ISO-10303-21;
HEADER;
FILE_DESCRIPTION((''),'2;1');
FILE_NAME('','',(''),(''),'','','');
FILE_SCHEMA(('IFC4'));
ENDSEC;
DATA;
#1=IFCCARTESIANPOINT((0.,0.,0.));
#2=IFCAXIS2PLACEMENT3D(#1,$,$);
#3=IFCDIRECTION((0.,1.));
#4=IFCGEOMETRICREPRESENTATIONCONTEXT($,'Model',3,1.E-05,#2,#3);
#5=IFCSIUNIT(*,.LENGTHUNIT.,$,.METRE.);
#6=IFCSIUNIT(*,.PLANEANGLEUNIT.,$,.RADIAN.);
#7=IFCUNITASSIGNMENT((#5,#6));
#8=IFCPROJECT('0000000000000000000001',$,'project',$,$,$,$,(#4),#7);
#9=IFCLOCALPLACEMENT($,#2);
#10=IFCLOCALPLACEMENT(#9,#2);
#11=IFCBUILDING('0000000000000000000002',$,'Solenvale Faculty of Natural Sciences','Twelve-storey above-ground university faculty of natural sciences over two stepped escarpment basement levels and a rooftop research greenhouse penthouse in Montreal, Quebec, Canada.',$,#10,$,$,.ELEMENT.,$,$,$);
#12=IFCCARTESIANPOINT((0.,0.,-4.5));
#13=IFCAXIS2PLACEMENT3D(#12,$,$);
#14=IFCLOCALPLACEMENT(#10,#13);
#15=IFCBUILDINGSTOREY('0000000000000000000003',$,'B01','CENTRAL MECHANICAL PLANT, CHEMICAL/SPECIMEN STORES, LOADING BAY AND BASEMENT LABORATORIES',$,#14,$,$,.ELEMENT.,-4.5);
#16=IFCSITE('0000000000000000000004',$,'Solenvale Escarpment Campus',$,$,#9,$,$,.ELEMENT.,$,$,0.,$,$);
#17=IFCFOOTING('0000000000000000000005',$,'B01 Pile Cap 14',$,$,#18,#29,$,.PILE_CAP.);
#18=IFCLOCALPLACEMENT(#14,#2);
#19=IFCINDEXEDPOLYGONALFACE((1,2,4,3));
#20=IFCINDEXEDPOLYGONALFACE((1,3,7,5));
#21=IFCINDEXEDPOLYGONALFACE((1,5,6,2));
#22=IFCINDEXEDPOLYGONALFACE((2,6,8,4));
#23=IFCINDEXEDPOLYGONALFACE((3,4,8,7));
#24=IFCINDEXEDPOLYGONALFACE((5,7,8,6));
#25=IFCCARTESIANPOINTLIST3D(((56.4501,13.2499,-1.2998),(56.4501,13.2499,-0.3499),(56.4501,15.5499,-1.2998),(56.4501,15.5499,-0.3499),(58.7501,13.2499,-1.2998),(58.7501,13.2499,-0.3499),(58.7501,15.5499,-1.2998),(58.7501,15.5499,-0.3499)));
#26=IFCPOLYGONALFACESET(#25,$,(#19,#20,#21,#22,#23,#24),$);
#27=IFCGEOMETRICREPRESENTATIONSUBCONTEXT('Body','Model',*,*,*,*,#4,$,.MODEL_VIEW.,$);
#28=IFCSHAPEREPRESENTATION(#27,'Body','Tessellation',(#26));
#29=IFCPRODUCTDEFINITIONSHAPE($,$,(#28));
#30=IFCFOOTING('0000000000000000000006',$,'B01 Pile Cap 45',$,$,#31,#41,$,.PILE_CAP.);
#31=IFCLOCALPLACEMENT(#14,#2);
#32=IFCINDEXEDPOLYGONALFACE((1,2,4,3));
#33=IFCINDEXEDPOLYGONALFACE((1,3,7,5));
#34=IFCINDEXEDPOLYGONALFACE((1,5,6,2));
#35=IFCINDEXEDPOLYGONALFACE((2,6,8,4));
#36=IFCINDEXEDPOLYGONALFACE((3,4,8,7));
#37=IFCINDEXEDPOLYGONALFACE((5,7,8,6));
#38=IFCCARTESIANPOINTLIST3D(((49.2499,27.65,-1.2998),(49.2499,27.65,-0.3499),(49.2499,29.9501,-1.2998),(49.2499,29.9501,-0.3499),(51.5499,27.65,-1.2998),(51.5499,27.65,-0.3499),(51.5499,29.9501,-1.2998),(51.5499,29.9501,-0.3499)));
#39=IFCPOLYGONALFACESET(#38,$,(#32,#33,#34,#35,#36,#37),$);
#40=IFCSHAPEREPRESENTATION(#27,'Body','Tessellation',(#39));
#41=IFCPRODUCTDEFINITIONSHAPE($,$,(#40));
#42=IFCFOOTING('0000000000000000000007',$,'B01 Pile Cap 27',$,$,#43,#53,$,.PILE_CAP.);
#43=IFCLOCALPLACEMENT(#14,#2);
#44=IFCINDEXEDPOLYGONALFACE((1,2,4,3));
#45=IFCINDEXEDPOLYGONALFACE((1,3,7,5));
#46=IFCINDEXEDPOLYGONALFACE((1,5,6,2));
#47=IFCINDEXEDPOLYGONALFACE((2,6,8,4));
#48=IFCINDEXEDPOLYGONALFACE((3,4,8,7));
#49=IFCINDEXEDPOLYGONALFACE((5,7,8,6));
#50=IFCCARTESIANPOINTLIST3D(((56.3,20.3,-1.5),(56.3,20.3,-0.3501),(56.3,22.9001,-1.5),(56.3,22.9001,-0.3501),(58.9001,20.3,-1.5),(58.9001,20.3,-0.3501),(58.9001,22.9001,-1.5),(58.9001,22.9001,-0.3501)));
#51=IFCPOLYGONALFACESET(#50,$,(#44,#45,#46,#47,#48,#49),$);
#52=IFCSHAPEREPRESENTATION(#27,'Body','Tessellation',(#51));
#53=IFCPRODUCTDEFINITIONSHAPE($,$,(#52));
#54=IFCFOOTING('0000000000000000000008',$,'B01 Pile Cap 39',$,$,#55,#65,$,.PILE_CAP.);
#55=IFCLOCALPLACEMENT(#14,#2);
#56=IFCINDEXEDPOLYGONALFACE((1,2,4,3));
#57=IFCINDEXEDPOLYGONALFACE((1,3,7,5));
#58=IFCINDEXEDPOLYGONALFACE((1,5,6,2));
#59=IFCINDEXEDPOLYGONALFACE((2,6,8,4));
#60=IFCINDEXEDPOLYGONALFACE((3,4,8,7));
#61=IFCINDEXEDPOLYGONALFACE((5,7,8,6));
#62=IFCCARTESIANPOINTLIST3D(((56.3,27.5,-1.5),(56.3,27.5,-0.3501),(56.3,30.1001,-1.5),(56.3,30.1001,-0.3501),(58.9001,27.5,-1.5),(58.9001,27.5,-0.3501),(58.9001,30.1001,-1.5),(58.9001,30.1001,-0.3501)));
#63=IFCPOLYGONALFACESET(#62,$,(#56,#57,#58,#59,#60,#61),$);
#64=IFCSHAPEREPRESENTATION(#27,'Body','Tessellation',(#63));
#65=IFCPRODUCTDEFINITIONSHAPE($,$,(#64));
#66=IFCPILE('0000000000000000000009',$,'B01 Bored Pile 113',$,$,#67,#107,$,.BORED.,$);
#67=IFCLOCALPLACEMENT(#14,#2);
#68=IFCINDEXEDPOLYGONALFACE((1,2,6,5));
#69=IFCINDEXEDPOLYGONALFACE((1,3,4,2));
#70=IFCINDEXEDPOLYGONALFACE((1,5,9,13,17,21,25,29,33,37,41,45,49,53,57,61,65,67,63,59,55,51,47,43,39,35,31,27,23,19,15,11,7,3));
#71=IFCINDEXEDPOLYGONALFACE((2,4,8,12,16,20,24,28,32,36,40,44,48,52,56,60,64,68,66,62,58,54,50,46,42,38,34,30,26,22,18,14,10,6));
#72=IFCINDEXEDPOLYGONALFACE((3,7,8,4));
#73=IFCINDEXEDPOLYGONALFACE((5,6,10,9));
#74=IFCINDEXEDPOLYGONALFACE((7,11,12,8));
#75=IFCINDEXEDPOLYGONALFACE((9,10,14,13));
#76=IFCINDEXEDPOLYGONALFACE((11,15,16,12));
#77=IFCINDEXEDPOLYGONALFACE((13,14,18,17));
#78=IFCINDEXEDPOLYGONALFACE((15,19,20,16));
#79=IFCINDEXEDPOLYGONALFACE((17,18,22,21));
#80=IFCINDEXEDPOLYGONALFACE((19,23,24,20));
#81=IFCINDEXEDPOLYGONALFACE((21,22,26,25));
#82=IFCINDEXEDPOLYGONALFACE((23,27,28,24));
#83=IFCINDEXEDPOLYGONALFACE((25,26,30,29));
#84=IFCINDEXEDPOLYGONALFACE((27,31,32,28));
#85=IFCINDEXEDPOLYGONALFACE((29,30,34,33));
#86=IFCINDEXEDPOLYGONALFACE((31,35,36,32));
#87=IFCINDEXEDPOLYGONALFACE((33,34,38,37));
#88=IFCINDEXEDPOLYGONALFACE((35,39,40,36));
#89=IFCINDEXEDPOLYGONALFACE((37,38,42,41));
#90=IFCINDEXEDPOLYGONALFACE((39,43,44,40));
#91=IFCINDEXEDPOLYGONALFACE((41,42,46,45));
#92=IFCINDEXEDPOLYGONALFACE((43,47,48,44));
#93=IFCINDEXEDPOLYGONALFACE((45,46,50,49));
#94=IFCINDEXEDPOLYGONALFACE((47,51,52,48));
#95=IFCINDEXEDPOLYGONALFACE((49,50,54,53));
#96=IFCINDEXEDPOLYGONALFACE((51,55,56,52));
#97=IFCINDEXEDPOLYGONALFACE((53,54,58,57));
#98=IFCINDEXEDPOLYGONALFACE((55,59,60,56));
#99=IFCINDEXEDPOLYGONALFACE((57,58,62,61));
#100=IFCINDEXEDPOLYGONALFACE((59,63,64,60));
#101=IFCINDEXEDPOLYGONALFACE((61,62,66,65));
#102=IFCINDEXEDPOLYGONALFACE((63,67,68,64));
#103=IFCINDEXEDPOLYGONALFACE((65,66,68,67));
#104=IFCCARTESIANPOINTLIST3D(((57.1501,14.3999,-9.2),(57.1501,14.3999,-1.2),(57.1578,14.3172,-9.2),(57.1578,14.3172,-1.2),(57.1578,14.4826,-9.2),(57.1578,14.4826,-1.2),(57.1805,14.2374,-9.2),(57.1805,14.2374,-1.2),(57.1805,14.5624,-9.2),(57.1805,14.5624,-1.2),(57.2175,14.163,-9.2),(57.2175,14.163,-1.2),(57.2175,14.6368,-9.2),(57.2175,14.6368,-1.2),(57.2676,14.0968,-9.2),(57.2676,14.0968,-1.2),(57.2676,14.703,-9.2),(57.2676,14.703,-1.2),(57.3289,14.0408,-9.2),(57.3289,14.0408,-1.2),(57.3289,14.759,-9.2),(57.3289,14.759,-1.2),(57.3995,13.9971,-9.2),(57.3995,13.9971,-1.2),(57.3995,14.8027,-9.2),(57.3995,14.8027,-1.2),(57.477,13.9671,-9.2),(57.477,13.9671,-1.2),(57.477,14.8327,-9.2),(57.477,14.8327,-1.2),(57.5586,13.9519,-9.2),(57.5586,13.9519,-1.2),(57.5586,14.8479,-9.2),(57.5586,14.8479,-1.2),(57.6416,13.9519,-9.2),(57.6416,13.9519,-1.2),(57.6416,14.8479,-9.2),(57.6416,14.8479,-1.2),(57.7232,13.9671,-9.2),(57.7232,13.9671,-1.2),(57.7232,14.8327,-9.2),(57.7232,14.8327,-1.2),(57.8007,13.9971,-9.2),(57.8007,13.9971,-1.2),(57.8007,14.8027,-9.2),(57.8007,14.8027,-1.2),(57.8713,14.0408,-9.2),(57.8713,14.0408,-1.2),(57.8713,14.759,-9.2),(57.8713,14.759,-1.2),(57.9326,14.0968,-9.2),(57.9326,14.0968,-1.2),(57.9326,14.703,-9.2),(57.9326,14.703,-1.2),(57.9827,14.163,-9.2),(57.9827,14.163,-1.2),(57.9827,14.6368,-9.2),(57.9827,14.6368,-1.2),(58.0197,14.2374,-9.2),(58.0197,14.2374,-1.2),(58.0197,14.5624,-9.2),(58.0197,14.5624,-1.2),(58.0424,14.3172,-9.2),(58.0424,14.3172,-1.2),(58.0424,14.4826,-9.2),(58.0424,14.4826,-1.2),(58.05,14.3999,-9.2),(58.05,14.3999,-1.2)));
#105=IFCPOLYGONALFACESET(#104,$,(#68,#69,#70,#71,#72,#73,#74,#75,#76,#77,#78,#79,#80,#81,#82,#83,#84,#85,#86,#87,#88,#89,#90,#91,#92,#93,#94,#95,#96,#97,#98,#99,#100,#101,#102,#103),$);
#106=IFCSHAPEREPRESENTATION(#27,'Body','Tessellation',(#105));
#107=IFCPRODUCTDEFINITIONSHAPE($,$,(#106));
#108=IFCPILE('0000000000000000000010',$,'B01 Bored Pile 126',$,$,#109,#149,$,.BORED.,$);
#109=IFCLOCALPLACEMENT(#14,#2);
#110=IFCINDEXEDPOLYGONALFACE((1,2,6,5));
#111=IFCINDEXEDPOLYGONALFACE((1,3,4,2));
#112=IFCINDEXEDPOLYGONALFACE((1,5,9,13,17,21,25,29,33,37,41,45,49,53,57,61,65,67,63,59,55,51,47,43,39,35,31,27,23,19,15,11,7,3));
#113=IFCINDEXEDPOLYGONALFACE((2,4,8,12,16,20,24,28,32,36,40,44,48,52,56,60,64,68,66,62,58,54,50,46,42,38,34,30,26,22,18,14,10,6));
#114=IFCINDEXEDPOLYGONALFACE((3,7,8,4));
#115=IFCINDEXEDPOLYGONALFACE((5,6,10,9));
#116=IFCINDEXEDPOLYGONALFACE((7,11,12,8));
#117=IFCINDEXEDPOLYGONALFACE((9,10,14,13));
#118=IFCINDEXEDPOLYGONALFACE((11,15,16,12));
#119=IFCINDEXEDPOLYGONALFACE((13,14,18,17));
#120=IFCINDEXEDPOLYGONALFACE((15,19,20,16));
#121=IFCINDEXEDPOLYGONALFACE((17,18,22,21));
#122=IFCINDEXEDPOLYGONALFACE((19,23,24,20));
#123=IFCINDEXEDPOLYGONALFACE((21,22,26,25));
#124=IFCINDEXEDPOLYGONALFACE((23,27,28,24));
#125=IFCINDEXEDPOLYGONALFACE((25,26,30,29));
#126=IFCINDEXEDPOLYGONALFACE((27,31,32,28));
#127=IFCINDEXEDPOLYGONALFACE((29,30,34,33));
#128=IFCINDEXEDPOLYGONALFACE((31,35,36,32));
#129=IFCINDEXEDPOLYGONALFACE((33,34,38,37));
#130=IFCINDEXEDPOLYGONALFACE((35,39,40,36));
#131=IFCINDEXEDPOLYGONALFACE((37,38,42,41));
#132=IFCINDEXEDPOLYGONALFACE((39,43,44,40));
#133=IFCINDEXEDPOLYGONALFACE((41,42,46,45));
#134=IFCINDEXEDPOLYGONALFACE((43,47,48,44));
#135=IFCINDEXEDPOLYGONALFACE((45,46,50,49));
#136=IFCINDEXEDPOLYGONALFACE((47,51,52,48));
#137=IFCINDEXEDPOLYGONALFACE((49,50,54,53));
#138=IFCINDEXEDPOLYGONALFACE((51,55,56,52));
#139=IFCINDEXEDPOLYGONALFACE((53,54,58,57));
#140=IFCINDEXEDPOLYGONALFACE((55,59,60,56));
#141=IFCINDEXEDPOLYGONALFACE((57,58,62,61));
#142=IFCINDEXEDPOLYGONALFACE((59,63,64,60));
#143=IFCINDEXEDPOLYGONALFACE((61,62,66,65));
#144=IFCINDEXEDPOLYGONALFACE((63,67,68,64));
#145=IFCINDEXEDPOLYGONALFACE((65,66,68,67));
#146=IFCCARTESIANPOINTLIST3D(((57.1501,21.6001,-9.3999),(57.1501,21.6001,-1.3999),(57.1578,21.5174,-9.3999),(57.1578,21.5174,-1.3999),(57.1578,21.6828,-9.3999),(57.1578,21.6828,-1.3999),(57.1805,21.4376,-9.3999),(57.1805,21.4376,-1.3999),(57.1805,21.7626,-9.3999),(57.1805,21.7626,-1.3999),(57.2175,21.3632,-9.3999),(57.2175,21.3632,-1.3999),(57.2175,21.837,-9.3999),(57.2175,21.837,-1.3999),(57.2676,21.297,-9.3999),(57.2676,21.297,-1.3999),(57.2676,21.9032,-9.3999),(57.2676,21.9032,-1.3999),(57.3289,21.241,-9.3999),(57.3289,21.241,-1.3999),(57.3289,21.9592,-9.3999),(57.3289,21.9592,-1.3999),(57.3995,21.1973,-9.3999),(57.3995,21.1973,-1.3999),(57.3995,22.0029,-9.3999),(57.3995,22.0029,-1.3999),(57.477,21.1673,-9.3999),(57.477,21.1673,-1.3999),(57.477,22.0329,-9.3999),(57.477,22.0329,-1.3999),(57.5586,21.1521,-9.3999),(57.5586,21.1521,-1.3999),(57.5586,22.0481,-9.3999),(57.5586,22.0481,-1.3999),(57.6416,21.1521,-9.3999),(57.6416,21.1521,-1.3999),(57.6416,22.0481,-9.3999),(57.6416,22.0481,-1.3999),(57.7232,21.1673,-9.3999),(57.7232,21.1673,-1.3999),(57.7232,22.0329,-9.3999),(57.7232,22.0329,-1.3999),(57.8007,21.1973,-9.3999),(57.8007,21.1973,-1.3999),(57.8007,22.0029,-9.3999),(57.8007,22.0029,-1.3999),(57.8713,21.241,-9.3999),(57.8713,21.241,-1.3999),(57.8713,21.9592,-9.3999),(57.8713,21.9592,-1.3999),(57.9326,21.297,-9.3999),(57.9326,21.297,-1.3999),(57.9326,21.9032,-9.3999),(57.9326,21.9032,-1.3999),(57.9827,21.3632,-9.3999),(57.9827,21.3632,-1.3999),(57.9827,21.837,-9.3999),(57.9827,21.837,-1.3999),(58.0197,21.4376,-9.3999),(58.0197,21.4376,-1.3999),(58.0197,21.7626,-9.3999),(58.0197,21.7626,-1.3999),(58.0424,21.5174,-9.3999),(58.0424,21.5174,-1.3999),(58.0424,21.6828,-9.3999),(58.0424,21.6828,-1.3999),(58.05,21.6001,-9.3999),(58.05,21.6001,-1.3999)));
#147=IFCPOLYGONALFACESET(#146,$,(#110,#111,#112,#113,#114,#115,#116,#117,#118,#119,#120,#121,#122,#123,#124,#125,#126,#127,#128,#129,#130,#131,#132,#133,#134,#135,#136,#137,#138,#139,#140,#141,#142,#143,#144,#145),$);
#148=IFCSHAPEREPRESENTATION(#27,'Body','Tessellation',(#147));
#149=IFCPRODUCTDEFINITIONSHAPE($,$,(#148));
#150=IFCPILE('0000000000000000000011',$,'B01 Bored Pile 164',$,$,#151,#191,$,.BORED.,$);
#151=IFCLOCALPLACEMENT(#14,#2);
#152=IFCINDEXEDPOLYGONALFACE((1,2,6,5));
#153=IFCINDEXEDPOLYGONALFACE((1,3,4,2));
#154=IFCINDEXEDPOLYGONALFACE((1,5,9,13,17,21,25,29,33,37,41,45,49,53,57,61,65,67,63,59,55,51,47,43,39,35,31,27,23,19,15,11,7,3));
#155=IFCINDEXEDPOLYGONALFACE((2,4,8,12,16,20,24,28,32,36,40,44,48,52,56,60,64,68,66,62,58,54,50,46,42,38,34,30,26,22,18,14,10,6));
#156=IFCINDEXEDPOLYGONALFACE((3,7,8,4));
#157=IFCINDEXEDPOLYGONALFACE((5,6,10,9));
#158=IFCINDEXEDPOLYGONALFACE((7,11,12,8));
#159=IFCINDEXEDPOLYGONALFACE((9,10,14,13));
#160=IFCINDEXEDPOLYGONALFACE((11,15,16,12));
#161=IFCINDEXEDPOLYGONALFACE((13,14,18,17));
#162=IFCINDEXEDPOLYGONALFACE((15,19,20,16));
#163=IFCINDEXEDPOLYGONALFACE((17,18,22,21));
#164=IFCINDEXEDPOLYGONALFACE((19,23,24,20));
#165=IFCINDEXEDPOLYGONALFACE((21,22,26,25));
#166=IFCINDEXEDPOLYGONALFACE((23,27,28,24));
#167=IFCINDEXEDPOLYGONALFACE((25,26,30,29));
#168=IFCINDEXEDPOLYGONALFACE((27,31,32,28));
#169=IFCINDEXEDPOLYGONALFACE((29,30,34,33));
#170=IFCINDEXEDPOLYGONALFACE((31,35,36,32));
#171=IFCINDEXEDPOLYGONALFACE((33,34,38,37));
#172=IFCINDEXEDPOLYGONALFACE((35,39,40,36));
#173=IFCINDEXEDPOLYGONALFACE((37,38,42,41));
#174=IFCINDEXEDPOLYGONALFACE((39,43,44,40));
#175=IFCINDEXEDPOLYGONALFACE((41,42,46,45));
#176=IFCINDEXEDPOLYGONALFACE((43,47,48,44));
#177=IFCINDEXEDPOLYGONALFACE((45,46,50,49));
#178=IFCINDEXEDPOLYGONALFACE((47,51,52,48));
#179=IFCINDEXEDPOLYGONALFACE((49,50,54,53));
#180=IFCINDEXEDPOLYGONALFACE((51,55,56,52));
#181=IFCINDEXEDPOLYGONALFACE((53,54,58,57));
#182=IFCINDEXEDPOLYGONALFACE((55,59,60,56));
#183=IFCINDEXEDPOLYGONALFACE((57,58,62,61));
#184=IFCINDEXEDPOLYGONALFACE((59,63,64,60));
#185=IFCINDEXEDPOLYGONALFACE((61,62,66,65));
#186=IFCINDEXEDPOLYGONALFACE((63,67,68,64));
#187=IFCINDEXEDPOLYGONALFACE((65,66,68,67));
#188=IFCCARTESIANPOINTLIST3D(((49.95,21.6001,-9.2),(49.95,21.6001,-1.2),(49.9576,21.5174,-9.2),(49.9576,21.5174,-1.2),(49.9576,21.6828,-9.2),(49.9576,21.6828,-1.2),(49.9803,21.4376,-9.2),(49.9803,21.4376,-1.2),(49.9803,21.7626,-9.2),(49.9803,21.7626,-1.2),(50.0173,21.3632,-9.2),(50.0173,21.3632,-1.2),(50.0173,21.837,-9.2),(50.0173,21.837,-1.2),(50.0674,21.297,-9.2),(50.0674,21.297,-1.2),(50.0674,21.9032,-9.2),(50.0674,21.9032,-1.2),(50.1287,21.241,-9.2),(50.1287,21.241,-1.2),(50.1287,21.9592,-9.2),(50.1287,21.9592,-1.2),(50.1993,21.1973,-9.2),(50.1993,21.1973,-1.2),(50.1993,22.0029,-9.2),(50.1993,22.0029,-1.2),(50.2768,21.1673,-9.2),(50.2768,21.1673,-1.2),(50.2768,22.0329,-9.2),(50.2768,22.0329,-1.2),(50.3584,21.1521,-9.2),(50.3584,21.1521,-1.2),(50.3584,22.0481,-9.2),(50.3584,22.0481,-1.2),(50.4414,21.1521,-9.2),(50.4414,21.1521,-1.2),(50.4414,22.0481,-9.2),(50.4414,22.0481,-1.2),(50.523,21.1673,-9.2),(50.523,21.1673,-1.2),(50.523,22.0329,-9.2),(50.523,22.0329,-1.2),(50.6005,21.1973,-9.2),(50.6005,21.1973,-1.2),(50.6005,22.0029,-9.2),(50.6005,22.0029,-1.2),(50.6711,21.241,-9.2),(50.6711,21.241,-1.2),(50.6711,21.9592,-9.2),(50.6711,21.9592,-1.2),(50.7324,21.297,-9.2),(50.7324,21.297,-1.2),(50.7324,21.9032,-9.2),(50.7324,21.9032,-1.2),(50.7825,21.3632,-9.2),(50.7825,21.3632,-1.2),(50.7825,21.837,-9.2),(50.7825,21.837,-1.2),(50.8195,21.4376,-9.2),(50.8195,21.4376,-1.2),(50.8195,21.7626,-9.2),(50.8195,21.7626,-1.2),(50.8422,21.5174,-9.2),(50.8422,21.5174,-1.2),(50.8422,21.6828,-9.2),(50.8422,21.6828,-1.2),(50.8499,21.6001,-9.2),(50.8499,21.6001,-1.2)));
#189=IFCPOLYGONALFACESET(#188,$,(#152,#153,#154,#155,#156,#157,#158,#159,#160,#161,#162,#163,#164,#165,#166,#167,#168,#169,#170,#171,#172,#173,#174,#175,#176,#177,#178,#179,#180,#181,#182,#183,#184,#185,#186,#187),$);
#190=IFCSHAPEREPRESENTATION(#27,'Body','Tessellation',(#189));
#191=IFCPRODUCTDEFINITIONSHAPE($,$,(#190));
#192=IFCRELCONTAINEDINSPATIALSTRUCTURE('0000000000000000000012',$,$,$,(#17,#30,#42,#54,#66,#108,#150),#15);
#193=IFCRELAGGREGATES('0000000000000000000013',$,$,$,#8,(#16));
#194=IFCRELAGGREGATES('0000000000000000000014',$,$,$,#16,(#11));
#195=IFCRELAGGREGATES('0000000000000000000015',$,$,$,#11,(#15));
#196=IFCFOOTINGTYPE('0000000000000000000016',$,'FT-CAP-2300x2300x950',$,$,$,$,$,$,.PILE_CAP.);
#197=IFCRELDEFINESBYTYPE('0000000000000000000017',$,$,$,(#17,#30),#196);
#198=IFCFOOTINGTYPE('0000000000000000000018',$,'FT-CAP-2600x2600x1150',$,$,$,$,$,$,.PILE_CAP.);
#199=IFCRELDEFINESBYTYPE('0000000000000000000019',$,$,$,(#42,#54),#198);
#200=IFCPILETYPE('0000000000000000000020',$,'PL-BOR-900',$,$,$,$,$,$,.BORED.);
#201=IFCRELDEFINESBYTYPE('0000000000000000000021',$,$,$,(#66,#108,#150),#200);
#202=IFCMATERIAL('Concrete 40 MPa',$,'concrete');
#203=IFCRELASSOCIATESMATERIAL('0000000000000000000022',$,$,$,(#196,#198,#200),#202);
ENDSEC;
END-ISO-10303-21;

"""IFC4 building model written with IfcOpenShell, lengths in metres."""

from ifc_helpers import new_model, si_unit, direction, frame, origin, origin_2d, place, context, subcontext, project, spatial, rectangle, circle, extrude, material, material_profile, profile_set, type_object, element, save


model = new_model("IFC4")

# Units and contexts
model_context = context("Model", 3, precision=1e-05, world=origin(), true_north=direction((0.0, 1.0)))
body_context = subcontext(model_context, "Body", "Model", "MODEL_VIEW")
ifc_project = project(units=[si_unit("LENGTHUNIT", "METRE"), si_unit("PLANEANGLEUNIT", "RADIAN")], contexts=[model_context])

# Site, building, storey
site_placement = place(None, origin())
site = spatial("IfcSite", under=ifc_project, at=site_placement, Name="Solenvale Escarpment Campus", CompositionType="ELEMENT", RefElevation=0.0)
building_placement = place(site_placement, origin())
building = spatial("IfcBuilding", under=site, at=building_placement, Name="Solenvale Faculty of Natural Sciences", Description="Twelve-storey above-ground university faculty of natural sciences over two stepped escarpment basement levels and a rooftop research greenhouse penthouse in Montreal, Quebec, Canada.", CompositionType="ELEMENT")
storey_placement = place(building_placement, frame((0.0, 0.0, -4.5)))
storey = spatial("IfcBuildingStorey", under=building, at=storey_placement, Name="B01", Description="CENTRAL MECHANICAL PLANT, CHEMICAL/SPECIMEN STORES, LOADING BAY AND BASEMENT LABORATORIES", CompositionType="ELEMENT", Elevation=-4.5)

# Footings
ifc_material_1 = material(Name="Concrete 40 MPa", Category="concrete")
footing_type_1 = type_object("IfcFootingType", Name="FT-CAP-2300x2300x950", PredefinedType="PILE_CAP", material=ifc_material_1)
for number, where, z_axis, x_axis, name in (
    (1, (57.6001, 14.3999, -1.2998), (0.0, 0.0, 1.0), (1.0, 0.0, 0.0), "B01 Pile Cap 14"),
    (2, (50.3999, 28.8, -1.2998), (0.0, 0.0, 1.0), (1.0, 0.0, 0.0), "B01 Pile Cap 45"),
):
    element("IfcFooting", number, at=place(storey_placement, frame(where, z_axis=z_axis, x_axis=x_axis)), inside=storey, type_object=footing_type_1, Name=name, PredefinedType="PILE_CAP", context=body_context, shape_type="SweptSolid", body=[
        extrude(rectangle(XDim=2.3, YDim=2.3, at=origin_2d()), origin(), (0.0, 0.0, 1.0), 0.95),
    ])
footing_type_2 = type_object("IfcFootingType", Name="FT-CAP-2600x2600x1150", PredefinedType="PILE_CAP", material=ifc_material_1)
for number, where, z_axis, x_axis, name in (
    (3, (57.6001, 21.6001, -1.5), (0.0, 0.0, 1.0), (1.0, 0.0, 0.0), "B01 Pile Cap 27"),
    (4, (57.6001, 28.8, -1.5), (0.0, 0.0, 1.0), (1.0, 0.0, 0.0), "B01 Pile Cap 39"),
):
    element("IfcFooting", number, at=place(storey_placement, frame(where, z_axis=z_axis, x_axis=x_axis)), inside=storey, type_object=footing_type_2, Name=name, PredefinedType="PILE_CAP", context=body_context, shape_type="SweptSolid", body=[
        extrude(rectangle(XDim=2.6001, YDim=2.6001, at=origin_2d()), origin(), (0.0, 0.0, 1.0), 1.1499),
    ])

# Piles
ifc_material_profile_1 = material_profile(ifc_material_1, circle(Radius=0.45, at=origin_2d()), Name="PILE-D900")
ifc_profile_set_1 = profile_set([ifc_material_profile_1], Name="Concrete 40 MPa")
pile_type = type_object("IfcPileType", Name="PL-BOR-900", PredefinedType="BORED", material=ifc_profile_set_1)
for number, where, z_axis, x_axis, name in (
    (5, (57.6001, 14.3999, -1.2), (0.0, 0.0, -1.0), (1.0, 0.0, 0.0), "B01 Bored Pile 113"),
    (6, (57.6001, 21.6001, -1.3999), (0.0, 0.0, -1.0), (1.0, 0.0, 0.0), "B01 Bored Pile 126"),
    (7, (50.3999, 21.6001, -1.2), (0.0, 0.0, -1.0), (1.0, 0.0, 0.0), "B01 Bored Pile 164"),
):
    element("IfcPile", number, at=place(storey_placement, frame(where, z_axis=z_axis, x_axis=x_axis)), inside=storey, type_object=pile_type, Name=name, PredefinedType="BORED", context=body_context, shape_type="SweptSolid", body=[
        extrude(circle(Radius=0.45, at=origin_2d()), origin(), (0.0, 0.0, 1.0), 8.0),
    ])

save(model, "model.ifc")
